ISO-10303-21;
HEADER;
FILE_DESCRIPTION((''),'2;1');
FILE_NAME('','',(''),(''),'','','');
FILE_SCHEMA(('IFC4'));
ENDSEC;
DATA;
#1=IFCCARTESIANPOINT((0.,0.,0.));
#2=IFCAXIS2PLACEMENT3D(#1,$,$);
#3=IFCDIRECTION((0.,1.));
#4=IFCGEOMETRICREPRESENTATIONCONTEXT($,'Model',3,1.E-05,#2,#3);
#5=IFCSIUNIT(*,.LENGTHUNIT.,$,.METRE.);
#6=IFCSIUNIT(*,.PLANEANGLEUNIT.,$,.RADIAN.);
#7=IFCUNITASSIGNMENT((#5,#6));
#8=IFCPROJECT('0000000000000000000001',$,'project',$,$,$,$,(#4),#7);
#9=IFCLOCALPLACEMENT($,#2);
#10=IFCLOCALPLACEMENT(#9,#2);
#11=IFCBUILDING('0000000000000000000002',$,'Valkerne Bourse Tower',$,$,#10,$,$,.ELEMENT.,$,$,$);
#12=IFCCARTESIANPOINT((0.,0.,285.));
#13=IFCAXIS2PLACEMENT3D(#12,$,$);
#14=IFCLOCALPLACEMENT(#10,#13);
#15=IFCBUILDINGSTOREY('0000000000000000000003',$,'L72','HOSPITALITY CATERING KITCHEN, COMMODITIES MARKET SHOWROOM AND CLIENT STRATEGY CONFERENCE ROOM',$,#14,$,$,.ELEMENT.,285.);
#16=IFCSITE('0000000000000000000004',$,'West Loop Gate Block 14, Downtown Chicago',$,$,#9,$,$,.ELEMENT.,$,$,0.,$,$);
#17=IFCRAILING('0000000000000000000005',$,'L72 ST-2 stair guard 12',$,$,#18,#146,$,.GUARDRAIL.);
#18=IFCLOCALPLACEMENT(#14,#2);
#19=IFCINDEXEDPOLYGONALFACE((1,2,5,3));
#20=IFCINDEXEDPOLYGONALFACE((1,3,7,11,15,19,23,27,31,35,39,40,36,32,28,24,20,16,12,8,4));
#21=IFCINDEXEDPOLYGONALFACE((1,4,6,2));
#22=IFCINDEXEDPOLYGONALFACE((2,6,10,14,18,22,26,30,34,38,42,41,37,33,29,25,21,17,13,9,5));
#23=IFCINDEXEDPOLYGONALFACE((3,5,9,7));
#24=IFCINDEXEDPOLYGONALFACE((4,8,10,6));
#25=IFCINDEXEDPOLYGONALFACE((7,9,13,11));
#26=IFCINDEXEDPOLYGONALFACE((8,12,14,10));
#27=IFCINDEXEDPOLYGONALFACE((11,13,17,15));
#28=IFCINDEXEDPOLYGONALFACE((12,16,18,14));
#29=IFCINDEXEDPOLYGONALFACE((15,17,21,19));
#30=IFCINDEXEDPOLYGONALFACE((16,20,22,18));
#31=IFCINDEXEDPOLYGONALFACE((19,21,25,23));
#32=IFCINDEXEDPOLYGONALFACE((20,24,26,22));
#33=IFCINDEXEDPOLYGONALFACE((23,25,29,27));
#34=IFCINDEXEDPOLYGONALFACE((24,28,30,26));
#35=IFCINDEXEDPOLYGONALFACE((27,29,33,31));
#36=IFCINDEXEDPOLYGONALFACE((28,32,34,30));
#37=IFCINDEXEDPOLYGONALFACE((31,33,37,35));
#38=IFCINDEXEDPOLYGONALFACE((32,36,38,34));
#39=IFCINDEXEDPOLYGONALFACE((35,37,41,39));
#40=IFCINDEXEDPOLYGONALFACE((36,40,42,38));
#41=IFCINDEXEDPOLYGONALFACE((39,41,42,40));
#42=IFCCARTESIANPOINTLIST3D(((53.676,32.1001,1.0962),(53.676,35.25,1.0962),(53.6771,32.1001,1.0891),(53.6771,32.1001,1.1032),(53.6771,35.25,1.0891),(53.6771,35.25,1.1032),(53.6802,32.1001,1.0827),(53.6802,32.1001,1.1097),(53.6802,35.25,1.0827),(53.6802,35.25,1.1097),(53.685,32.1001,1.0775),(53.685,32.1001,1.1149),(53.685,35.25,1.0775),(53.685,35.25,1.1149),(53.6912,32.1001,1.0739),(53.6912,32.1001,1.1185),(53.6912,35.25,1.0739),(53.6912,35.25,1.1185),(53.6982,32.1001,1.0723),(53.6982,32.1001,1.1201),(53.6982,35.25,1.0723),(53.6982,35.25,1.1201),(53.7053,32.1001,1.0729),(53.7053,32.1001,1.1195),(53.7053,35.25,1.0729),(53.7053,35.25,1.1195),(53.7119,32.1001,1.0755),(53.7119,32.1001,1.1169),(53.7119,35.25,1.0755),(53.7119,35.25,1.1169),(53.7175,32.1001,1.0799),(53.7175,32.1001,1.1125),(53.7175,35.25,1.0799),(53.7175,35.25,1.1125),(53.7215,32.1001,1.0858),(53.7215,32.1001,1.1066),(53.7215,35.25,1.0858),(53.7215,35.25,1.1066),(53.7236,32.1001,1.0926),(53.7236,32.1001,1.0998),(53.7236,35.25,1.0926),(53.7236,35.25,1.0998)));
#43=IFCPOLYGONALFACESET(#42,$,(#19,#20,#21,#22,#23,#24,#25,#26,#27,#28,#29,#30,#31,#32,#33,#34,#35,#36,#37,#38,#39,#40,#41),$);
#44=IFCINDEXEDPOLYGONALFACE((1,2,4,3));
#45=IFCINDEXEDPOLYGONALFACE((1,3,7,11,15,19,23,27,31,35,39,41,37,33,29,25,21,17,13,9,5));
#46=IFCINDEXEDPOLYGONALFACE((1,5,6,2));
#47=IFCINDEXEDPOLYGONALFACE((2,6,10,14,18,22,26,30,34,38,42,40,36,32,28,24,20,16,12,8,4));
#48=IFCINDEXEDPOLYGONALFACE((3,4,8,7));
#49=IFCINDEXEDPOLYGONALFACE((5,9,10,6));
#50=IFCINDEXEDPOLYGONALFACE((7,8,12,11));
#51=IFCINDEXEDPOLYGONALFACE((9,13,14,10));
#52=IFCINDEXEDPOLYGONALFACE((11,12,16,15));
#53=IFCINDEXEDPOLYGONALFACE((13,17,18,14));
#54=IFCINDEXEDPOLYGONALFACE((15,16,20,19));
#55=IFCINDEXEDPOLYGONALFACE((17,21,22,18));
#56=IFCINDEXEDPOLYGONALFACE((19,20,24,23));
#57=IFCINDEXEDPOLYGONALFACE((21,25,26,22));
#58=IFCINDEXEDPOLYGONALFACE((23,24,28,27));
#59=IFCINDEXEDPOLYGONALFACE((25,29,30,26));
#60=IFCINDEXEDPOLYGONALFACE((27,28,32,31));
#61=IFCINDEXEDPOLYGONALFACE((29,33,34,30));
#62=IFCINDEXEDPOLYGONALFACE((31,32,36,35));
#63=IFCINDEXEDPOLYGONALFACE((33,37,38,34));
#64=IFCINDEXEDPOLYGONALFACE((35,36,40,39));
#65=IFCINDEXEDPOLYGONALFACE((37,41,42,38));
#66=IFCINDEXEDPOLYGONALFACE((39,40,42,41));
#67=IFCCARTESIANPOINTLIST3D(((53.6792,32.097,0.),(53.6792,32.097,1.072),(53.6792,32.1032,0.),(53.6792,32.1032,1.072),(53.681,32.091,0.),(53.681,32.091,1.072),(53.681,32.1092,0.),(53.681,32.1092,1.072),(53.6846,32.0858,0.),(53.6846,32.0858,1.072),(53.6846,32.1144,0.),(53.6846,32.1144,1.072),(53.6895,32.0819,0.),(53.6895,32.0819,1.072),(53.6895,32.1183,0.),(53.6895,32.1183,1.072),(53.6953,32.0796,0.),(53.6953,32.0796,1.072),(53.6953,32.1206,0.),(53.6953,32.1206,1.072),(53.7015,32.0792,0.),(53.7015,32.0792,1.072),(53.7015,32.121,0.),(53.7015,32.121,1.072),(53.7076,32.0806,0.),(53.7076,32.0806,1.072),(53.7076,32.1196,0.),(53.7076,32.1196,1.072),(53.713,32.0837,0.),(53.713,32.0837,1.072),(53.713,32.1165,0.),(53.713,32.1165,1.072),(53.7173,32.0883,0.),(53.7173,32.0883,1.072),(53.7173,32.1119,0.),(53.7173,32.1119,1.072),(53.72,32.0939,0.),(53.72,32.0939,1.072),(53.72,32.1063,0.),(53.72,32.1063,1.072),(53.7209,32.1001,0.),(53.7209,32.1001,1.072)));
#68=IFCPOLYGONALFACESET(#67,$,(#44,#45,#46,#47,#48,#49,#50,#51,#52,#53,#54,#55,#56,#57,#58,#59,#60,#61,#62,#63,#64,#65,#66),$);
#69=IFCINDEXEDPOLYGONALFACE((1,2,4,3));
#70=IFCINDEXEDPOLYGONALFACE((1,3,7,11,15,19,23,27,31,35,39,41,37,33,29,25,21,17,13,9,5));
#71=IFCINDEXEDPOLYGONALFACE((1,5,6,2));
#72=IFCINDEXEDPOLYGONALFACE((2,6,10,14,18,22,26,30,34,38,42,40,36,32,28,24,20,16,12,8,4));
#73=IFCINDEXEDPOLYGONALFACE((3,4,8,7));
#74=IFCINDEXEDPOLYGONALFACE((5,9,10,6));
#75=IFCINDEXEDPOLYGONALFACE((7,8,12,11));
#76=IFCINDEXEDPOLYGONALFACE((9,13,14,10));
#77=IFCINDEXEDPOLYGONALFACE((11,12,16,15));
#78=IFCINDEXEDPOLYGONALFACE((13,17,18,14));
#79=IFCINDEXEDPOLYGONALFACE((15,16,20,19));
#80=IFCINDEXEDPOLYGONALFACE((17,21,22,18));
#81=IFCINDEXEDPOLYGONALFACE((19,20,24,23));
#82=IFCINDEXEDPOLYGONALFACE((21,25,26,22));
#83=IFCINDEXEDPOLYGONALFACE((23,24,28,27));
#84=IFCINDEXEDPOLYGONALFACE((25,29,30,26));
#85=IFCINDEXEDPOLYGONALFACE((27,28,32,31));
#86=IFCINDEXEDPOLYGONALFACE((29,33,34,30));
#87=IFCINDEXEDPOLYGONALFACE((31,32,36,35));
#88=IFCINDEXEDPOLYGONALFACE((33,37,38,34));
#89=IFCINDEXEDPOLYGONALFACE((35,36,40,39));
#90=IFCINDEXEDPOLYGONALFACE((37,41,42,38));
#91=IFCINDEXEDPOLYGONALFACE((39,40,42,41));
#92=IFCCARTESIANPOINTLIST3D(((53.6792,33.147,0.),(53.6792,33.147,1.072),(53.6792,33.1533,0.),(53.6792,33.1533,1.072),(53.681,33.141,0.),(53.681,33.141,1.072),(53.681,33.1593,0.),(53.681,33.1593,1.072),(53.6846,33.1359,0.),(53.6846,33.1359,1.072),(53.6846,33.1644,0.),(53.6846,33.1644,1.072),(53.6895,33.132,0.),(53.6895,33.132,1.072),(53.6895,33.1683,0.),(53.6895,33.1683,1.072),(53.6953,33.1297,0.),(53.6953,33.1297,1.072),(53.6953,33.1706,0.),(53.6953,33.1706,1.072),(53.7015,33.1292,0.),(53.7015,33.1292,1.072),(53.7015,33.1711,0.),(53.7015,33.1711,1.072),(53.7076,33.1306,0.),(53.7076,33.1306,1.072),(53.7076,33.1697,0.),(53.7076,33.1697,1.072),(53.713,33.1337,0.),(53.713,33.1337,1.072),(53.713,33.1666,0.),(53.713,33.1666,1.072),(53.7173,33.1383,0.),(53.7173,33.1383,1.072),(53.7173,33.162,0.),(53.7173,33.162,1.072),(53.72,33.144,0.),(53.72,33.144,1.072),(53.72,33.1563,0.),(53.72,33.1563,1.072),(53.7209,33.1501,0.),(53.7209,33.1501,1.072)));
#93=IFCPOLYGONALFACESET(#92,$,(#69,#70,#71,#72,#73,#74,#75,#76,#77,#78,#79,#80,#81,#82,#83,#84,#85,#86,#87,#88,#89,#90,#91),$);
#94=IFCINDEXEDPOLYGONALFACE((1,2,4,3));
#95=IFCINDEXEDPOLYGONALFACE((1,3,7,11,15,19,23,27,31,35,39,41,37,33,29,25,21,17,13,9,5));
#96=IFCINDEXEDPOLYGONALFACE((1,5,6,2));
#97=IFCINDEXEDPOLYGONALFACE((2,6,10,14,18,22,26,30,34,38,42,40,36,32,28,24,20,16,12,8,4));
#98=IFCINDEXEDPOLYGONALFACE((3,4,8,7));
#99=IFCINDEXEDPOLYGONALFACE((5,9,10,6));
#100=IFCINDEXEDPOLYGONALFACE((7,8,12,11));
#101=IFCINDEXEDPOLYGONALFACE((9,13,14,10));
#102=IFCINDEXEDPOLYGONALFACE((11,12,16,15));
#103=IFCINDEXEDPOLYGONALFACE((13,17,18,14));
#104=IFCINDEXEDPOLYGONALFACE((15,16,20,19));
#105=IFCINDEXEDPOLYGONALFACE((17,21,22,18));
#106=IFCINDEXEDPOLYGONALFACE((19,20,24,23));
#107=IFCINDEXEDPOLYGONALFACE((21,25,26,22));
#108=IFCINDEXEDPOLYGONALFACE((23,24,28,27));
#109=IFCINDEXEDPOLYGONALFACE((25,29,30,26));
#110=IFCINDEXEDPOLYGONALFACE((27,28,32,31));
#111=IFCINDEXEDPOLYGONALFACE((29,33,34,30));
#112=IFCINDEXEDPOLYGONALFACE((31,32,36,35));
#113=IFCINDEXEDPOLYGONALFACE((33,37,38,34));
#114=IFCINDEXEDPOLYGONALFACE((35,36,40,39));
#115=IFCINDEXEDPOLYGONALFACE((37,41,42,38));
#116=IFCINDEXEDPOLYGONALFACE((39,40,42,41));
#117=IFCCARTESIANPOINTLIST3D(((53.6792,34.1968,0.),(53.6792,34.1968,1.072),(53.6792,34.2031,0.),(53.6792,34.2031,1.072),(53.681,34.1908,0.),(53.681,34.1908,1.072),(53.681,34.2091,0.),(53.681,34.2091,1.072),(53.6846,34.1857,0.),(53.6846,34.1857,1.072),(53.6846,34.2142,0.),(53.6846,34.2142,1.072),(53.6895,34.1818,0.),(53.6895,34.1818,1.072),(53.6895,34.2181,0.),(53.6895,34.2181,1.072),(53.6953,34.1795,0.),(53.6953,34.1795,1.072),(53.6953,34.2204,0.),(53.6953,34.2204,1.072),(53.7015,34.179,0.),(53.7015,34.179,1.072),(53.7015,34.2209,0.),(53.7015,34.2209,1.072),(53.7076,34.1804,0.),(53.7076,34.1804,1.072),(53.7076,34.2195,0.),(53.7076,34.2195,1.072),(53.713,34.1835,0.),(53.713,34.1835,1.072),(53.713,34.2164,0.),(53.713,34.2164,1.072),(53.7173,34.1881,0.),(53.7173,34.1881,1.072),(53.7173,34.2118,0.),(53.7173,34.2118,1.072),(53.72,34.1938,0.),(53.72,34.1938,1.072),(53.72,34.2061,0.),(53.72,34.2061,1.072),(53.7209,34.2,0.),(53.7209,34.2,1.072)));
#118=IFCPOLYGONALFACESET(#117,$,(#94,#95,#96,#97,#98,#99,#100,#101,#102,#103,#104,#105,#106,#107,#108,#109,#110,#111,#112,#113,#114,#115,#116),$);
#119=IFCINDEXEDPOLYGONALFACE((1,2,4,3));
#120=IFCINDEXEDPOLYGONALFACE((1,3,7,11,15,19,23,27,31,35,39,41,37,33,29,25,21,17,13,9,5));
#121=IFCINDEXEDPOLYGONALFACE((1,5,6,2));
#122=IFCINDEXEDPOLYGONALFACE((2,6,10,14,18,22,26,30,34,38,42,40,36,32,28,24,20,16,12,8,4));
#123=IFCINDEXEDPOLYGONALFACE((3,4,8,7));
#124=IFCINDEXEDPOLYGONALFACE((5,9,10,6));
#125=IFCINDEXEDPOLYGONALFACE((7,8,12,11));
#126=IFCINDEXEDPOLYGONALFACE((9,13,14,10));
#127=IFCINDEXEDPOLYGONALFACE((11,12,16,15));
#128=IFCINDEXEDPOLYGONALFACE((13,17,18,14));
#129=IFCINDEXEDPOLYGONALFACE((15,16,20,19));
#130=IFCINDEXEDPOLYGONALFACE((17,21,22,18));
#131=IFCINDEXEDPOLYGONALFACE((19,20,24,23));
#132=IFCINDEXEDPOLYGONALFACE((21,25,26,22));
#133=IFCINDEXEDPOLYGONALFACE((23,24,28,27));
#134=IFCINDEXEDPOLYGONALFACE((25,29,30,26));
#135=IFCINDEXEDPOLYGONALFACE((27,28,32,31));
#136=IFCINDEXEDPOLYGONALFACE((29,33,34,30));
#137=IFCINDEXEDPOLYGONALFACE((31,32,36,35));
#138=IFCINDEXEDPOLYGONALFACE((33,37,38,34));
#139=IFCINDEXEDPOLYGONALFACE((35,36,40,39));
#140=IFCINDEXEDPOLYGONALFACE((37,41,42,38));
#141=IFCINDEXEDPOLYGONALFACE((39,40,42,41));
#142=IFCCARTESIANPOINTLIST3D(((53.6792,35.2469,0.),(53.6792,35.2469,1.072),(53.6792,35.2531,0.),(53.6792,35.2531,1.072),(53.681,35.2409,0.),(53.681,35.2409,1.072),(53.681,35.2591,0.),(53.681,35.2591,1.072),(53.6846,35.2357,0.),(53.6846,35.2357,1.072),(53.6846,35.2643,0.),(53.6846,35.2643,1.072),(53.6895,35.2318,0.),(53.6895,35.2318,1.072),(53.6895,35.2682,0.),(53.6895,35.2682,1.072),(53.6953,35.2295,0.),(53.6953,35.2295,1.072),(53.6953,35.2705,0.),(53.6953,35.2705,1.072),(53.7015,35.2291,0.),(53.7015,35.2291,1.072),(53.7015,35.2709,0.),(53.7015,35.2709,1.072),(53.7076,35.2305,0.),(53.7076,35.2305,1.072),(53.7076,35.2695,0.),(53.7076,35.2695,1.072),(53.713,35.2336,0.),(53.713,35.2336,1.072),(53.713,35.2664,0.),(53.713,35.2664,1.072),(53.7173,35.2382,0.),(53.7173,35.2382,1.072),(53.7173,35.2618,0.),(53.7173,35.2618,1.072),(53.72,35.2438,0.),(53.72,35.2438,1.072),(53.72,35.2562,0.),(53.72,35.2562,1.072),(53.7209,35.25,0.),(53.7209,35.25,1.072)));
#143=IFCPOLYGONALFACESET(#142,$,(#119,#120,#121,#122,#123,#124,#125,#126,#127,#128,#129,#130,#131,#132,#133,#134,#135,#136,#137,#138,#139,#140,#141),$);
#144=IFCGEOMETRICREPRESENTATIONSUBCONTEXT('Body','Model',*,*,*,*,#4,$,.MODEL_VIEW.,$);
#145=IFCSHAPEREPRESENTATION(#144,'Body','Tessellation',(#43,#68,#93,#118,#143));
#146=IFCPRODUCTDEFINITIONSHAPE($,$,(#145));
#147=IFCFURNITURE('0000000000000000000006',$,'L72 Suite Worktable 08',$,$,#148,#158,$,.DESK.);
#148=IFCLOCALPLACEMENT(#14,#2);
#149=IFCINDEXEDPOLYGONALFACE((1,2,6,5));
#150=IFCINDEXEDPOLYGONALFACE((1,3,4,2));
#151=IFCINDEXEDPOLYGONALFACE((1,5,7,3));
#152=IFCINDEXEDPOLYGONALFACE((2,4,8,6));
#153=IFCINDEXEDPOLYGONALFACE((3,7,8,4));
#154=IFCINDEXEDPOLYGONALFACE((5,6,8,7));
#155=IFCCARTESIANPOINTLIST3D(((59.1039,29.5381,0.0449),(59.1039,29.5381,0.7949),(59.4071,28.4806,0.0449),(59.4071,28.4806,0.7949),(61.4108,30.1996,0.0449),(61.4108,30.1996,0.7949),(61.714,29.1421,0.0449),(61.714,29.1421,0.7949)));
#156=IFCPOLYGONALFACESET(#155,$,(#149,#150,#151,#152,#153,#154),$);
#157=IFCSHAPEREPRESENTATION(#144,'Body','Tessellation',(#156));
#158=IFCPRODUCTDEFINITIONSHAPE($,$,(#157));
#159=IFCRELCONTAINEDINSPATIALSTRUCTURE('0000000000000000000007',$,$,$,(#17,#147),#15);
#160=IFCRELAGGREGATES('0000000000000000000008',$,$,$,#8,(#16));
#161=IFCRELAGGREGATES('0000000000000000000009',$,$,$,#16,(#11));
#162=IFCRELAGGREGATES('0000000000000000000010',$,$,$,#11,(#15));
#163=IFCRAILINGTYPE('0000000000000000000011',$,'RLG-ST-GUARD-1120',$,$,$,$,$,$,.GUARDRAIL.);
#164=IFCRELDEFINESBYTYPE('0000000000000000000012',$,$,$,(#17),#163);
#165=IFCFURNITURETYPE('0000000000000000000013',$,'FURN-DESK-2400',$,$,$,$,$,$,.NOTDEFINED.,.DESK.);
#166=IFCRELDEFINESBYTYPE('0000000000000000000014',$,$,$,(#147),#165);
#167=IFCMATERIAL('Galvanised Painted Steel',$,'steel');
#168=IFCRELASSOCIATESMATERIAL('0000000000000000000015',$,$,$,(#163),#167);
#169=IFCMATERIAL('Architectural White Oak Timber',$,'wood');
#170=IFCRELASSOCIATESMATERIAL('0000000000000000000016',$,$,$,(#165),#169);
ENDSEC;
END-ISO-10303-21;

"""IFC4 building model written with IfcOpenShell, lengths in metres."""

from ifc_helpers import new_model, si_unit, direction, frame, origin, origin_2d, place, context, subcontext, project, spatial, rectangle, circle, extrude, material, type_object, element, save


model = new_model("IFC4")

# Units and contexts
model_context = context("Model", 3, precision=1e-05, world=origin(), true_north=direction((0.0, 1.0)))
body_context = subcontext(model_context, "Body", "Model", "MODEL_VIEW")
ifc_project = project(units=[si_unit("LENGTHUNIT", "METRE"), si_unit("PLANEANGLEUNIT", "RADIAN")], contexts=[model_context])

# Site, building, storey
site_placement = place(None, origin())
site = spatial("IfcSite", under=ifc_project, at=site_placement, Name="West Loop Gate Block 14, Downtown Chicago", CompositionType="ELEMENT", RefElevation=0.0)
building_placement = place(site_placement, origin())
building = spatial("IfcBuilding", under=site, at=building_placement, Name="Valkerne Bourse Tower", CompositionType="ELEMENT")
storey_placement = place(building_placement, frame((0.0, 0.0, 285.0)))
storey = spatial("IfcBuildingStorey", under=building, at=storey_placement, Name="L72", Description="HOSPITALITY CATERING KITCHEN, COMMODITIES MARKET SHOWROOM AND CLIENT STRATEGY CONFERENCE ROOM", CompositionType="ELEMENT", Elevation=285.0)

# Railing
ifc_material_1 = material(Name="Galvanised Painted Steel", Category="steel")
railing_type = type_object("IfcRailingType", Name="RLG-ST-GUARD-1120", PredefinedType="GUARDRAIL", material=ifc_material_1)
railing_1_placement = place(storey_placement, frame((53.7, 32.1001, 0.0)))
element("IfcRailing", 1, at=railing_1_placement, inside=storey, type_object=railing_type, Name="L72 ST-2 stair guard 12", PredefinedType="GUARDRAIL", context=body_context, shape_type="SweptSolid", body=[
    extrude(circle(Radius=0.0239, at=origin_2d()), frame((0.0, 0.0, 1.0962), z_axis=(0.0, 1.0, 0.0), x_axis=(-1.0, 0.0, 0.0)), (0.0, 0.0, 1.0), 3.1499),
    extrude(circle(Radius=0.021, at=origin_2d()), origin(), (0.0, 0.0, 1.0), 1.072),
    extrude(circle(Radius=0.021, at=origin_2d()), frame((0.0, 1.05, 0.0)), (0.0, 0.0, 1.0), 1.072),
    extrude(circle(Radius=0.021, at=origin_2d()), frame((0.0, 2.0999, 0.0)), (0.0, 0.0, 1.0), 1.072),
    extrude(circle(Radius=0.021, at=origin_2d()), frame((0.0, 3.1499, 0.0)), (0.0, 0.0, 1.0), 1.072),
])

# Furniture
ifc_material_2 = material(Name="Architectural White Oak Timber", Category="wood")
furniture_type = type_object("IfcFurnitureType", Name="FURN-DESK-2400", AssemblyPlace="NOTDEFINED", PredefinedType="DESK", material=ifc_material_2)
furniture_placement = place(storey_placement, frame((60.4089, 29.3401, 0.0449), z_axis=(0.0, 0.0, 1.0), x_axis=(0.961262, 0.275637, 0.0)))
element("IfcFurniture", 2, at=furniture_placement, inside=storey, type_object=furniture_type, Name="L72 Suite Worktable 08", PredefinedType="DESK", context=body_context, shape_type="SweptSolid", body=[
    extrude(rectangle(XDim=2.3999, YDim=1.1001, at=origin_2d()), origin(), (0.0, 0.0, 1.0), 0.75),
])

save(model, "model.ifc")
